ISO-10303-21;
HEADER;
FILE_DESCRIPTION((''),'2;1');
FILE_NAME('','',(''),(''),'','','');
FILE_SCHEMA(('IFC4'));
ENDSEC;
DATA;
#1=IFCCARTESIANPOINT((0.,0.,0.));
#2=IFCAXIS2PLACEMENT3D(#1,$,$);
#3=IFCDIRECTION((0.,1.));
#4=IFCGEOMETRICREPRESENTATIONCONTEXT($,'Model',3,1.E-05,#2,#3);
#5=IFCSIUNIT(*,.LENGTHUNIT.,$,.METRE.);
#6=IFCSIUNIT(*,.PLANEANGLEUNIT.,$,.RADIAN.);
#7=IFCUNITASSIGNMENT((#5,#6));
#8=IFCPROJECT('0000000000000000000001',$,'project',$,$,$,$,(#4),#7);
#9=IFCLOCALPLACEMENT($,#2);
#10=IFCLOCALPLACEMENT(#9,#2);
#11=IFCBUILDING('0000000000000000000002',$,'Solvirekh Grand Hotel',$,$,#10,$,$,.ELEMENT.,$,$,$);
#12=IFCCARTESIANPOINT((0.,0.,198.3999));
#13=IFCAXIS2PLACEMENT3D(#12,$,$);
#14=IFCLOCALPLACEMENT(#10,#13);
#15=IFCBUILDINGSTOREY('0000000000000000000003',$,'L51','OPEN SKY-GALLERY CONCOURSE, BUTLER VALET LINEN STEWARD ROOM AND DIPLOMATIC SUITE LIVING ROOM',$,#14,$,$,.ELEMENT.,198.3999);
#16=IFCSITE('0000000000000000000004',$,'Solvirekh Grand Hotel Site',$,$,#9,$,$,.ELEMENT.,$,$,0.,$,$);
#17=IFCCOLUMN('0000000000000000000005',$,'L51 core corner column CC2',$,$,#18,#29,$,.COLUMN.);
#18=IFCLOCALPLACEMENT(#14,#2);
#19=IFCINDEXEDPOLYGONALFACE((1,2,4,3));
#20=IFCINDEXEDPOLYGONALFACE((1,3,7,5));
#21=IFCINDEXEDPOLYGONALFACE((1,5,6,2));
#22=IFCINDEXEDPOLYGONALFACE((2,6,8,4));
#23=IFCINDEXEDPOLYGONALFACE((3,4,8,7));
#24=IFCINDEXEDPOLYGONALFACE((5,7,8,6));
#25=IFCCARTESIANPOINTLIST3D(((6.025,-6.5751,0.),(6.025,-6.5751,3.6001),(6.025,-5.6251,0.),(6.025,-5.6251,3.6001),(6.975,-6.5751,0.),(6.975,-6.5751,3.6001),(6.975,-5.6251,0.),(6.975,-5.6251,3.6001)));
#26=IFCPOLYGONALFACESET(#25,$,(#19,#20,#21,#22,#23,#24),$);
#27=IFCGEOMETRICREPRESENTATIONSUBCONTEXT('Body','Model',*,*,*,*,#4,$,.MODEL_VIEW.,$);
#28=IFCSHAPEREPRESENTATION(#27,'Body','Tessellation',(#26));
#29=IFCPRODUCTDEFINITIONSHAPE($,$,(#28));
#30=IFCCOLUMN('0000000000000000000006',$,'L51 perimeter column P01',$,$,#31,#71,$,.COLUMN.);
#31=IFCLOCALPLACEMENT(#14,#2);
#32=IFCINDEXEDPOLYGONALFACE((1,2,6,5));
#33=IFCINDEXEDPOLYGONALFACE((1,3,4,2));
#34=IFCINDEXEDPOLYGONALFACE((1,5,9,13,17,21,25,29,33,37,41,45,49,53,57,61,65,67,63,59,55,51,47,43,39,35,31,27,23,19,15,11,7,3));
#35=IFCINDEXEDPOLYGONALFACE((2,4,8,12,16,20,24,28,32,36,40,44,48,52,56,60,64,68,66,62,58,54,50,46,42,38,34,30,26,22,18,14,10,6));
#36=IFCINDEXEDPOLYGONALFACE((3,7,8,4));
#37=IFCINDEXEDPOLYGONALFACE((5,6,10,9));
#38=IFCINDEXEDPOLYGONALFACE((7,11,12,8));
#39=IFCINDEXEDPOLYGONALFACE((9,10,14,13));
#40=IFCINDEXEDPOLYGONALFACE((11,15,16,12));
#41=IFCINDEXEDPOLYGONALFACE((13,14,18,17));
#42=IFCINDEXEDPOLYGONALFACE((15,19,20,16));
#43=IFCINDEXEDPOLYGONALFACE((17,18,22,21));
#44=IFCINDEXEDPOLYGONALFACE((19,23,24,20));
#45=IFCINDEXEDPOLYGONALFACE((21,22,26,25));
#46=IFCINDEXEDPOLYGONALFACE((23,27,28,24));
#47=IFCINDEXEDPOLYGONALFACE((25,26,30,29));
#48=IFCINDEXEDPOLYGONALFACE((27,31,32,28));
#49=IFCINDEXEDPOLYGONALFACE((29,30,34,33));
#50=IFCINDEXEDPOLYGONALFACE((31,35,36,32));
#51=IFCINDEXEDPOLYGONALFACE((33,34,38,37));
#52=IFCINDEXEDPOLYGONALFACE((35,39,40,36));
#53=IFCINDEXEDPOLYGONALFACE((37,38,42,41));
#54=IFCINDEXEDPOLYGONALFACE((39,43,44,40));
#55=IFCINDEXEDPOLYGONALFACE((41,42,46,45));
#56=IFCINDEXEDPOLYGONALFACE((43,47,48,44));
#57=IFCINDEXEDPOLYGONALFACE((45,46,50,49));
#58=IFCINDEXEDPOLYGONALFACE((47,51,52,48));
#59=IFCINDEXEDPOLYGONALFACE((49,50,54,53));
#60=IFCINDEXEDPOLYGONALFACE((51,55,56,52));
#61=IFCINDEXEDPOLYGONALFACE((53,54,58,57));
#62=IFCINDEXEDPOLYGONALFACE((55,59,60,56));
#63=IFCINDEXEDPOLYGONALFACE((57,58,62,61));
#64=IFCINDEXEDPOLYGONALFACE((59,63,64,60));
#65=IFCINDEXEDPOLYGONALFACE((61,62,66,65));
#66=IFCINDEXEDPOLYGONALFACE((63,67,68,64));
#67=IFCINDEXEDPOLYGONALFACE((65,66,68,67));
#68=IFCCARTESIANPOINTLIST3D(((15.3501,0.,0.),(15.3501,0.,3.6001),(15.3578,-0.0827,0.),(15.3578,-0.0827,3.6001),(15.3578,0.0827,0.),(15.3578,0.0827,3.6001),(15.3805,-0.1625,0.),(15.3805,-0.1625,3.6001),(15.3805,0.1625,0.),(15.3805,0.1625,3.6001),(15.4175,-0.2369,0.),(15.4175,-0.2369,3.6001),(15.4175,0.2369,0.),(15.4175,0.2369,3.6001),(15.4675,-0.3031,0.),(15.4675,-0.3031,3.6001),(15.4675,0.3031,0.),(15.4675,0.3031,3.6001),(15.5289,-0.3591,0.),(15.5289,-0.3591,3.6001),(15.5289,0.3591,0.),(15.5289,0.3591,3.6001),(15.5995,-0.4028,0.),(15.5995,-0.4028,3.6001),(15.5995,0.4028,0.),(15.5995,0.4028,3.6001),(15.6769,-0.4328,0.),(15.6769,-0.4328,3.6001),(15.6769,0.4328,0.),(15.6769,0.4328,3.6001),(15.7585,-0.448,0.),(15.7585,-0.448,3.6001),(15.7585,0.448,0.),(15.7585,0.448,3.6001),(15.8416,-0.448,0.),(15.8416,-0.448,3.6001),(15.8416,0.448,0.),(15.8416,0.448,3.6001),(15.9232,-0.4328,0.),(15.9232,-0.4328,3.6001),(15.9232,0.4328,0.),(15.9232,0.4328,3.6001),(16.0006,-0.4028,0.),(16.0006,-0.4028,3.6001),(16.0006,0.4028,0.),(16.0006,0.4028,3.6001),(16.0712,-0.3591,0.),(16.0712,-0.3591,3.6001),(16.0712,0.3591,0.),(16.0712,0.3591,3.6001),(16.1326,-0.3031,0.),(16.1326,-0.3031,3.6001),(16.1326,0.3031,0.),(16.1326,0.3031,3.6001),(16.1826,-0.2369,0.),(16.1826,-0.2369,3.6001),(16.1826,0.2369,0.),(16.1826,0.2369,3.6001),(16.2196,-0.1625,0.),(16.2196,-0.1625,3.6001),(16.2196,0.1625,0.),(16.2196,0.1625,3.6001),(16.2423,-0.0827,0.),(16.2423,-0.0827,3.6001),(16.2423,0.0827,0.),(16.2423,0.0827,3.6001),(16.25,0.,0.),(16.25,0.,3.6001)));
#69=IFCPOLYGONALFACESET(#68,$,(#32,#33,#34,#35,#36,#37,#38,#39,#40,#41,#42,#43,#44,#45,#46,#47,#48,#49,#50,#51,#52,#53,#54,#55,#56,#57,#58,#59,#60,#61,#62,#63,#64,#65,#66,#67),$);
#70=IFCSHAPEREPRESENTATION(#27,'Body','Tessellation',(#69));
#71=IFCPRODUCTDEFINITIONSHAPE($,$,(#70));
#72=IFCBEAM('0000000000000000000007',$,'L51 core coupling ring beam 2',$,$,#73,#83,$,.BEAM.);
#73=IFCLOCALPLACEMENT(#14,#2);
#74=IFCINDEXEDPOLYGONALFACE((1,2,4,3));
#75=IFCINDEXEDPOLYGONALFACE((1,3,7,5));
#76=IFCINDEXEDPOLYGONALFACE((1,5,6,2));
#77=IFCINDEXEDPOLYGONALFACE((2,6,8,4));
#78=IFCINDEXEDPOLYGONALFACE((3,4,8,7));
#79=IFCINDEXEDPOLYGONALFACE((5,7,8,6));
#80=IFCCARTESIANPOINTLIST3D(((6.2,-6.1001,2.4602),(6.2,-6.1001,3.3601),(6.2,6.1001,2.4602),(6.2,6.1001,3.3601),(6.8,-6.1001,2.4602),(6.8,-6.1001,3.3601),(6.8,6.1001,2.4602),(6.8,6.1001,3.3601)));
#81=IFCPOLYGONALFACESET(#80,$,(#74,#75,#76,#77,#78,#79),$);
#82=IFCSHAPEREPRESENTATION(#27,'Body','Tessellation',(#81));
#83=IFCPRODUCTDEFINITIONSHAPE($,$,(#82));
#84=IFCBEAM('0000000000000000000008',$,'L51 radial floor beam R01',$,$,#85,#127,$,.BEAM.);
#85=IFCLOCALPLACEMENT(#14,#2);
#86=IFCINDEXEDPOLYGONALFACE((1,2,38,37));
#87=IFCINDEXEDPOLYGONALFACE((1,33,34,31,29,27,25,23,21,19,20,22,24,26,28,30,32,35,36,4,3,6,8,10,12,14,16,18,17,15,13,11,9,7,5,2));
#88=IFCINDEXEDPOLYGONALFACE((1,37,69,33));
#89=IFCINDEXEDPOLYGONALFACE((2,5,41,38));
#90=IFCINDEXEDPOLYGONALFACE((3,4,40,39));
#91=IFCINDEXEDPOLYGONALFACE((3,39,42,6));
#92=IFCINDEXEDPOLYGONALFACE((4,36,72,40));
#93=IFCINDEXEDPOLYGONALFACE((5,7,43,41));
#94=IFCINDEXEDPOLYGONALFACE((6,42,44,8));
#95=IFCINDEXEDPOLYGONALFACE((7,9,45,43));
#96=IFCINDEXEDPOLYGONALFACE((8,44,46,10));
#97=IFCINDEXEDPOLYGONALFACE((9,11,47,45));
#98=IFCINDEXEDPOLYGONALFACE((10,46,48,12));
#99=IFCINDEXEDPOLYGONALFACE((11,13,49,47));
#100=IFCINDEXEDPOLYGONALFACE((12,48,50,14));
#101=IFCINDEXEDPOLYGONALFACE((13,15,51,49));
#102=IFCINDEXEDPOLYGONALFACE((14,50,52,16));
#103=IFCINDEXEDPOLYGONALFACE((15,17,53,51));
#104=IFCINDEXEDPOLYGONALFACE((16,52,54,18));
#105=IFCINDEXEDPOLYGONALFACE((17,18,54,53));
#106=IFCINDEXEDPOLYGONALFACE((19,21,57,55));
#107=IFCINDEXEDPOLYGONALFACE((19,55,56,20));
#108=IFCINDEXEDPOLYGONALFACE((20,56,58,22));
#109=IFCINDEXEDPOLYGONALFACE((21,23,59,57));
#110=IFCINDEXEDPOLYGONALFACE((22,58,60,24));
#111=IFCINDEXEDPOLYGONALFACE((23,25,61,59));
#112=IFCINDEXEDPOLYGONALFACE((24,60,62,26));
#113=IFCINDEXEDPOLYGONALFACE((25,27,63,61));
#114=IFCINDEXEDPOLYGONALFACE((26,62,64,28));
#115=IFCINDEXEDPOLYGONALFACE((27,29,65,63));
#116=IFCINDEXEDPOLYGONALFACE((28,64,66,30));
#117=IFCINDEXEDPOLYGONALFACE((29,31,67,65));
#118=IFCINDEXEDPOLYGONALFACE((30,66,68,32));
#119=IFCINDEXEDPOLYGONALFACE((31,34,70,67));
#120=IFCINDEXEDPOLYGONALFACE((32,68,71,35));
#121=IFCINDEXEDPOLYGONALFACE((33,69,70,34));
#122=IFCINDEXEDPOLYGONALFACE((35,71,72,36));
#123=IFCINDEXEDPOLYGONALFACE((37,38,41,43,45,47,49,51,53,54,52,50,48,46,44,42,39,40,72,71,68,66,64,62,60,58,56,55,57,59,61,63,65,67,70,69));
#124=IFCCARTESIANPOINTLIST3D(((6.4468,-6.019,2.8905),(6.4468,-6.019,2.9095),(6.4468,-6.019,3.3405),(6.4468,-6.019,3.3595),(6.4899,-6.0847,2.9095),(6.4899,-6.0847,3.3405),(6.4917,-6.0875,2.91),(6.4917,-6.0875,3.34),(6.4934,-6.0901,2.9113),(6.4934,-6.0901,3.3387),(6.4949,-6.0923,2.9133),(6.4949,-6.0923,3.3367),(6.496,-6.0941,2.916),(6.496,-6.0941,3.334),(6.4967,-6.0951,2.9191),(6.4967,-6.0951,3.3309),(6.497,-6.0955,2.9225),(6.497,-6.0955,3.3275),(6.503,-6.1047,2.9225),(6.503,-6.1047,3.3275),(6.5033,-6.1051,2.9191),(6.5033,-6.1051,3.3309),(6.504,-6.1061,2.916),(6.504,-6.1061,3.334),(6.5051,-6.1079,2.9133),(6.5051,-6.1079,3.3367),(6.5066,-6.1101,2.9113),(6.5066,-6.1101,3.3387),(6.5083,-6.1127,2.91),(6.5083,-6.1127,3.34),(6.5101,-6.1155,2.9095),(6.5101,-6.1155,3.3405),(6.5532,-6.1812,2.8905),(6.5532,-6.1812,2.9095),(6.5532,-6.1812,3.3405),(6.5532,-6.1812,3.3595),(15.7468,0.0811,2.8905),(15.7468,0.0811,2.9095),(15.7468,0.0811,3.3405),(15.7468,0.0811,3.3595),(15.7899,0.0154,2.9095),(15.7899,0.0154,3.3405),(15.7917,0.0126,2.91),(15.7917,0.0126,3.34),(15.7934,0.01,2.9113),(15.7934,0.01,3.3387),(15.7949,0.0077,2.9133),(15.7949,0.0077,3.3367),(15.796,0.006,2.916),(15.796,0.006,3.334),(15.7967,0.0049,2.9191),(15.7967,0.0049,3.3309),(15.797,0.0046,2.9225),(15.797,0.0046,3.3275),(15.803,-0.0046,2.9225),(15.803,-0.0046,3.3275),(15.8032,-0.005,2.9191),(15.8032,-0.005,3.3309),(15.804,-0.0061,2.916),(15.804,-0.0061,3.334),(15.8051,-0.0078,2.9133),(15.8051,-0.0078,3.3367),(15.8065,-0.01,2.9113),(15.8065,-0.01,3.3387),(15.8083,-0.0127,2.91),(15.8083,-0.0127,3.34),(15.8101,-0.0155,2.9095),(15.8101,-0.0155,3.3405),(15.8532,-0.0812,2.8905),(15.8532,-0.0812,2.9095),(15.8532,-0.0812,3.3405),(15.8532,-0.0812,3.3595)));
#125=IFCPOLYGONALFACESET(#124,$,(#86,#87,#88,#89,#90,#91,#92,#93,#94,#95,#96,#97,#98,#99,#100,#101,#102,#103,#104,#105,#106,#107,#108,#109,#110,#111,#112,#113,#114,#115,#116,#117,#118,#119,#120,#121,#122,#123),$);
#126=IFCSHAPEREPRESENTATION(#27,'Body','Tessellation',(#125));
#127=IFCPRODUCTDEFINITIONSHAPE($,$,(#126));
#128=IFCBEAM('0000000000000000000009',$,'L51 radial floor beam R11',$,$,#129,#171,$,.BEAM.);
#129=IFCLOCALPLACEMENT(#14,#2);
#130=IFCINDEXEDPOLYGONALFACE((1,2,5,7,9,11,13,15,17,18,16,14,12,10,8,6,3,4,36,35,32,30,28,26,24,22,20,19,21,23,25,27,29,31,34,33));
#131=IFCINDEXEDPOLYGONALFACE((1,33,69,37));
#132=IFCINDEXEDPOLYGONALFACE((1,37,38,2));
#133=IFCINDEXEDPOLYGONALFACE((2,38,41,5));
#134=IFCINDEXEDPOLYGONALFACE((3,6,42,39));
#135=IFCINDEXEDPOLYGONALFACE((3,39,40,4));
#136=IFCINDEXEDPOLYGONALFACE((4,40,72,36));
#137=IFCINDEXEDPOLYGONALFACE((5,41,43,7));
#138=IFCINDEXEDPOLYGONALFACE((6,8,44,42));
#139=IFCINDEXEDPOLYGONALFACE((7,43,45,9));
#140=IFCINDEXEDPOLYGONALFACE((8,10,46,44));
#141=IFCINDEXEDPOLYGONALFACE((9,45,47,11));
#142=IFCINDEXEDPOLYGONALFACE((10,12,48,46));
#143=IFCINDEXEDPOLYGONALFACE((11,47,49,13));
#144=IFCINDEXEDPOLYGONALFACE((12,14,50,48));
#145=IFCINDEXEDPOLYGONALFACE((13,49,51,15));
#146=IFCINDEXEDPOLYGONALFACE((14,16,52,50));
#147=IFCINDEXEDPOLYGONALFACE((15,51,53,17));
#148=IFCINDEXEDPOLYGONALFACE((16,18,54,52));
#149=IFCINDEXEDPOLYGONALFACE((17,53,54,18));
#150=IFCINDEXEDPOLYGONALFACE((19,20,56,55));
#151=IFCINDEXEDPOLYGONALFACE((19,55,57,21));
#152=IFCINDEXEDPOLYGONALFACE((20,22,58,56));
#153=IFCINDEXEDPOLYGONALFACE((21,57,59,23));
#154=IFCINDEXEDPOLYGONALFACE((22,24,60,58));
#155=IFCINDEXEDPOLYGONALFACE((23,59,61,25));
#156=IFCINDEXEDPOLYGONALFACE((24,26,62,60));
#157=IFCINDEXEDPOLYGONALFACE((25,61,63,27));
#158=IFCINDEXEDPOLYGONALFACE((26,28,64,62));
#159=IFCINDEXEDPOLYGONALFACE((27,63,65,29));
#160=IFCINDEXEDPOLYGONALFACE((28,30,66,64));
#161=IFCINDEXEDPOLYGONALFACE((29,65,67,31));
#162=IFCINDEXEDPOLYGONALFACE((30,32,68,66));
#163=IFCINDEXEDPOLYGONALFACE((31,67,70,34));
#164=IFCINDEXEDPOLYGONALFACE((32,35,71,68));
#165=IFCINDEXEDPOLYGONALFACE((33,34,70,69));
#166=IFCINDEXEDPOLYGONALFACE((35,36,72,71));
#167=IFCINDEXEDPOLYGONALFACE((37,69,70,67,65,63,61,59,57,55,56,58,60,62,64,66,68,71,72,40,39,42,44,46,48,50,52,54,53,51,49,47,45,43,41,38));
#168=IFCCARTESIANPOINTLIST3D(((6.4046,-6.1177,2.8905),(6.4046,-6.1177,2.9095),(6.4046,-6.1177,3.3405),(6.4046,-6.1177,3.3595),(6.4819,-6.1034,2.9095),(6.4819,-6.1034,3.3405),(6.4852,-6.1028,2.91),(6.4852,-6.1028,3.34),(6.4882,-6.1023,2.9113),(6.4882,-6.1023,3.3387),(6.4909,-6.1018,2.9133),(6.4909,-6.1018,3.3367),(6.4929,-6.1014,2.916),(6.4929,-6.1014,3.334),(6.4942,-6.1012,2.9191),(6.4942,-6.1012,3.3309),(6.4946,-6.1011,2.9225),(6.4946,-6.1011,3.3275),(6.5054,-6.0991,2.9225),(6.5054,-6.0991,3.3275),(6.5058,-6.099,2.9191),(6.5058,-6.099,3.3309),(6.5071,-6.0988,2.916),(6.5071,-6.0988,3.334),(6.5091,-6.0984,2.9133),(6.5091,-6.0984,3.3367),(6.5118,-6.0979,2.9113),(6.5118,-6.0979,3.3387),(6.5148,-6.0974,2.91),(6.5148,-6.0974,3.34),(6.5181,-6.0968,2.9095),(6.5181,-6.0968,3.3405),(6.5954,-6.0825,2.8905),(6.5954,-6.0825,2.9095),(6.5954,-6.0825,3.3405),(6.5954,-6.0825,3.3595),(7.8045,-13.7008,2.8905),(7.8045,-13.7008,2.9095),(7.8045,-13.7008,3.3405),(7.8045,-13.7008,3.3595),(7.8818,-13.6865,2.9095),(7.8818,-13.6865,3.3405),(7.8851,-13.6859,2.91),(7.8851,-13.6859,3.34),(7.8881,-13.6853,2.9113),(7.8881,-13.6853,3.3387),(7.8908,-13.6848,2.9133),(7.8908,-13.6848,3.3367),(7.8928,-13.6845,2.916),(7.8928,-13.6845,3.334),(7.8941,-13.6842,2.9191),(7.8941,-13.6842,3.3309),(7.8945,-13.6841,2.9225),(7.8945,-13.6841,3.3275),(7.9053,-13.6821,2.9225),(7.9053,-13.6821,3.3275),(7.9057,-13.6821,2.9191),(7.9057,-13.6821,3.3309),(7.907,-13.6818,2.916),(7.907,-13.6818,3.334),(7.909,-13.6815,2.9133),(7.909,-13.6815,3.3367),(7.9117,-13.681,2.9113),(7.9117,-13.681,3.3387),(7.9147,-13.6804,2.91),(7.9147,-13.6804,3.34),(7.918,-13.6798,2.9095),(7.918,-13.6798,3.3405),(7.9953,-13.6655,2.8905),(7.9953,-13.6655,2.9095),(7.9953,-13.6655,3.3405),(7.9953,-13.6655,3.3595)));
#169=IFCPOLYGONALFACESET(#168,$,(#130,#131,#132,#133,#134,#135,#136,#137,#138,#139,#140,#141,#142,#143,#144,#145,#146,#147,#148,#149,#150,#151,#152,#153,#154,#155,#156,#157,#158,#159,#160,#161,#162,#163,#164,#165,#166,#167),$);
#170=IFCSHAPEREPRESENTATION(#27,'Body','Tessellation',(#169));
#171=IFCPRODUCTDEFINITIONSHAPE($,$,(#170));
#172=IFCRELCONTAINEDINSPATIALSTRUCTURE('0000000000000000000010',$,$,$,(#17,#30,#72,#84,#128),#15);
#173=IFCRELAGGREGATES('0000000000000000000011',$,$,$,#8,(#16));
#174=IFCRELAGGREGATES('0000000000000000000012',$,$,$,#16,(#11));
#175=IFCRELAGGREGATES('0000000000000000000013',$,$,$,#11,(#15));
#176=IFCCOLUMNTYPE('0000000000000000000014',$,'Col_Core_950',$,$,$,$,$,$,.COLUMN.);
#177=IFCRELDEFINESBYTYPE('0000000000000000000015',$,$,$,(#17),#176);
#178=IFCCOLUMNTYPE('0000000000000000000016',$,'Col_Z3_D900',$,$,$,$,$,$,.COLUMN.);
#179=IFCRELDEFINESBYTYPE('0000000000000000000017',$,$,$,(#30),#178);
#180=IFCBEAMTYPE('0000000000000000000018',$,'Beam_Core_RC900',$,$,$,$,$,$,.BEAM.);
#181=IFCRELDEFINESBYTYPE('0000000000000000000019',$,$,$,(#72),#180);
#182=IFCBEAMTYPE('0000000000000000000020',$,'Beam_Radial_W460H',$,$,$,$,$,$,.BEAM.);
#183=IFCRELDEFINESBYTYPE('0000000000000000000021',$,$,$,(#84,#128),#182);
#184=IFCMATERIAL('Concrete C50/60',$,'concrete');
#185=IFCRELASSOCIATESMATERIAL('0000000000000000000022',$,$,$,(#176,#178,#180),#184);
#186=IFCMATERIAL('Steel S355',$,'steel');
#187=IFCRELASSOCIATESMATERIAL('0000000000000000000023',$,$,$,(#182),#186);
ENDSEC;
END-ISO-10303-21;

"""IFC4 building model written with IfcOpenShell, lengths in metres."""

from ifc_helpers import new_model, si_unit, direction, frame, origin, origin_2d, place, context, subcontext, project, spatial, rectangle, circle, i_section, extrude, material, material_profile, profile_set, type_object, element, save


model = new_model("IFC4")

# Units and contexts
model_context = context("Model", 3, precision=1e-05, world=origin(), true_north=direction((0.0, 1.0)))
body_context = subcontext(model_context, "Body", "Model", "MODEL_VIEW")
ifc_project = project(units=[si_unit("LENGTHUNIT", "METRE"), si_unit("PLANEANGLEUNIT", "RADIAN")], contexts=[model_context])

# Site, building, storey
site_placement = place(None, origin())
site = spatial("IfcSite", under=ifc_project, at=site_placement, Name="Solvirekh Grand Hotel Site", CompositionType="ELEMENT", RefElevation=0.0)
building_placement = place(site_placement, origin())
building = spatial("IfcBuilding", under=site, at=building_placement, Name="Solvirekh Grand Hotel", CompositionType="ELEMENT")
storey_placement = place(building_placement, frame((0.0, 0.0, 198.3999)))
storey = spatial("IfcBuildingStorey", under=building, at=storey_placement, Name="L51", Description="OPEN SKY-GALLERY CONCOURSE, BUTLER VALET LINEN STEWARD ROOM AND DIPLOMATIC SUITE LIVING ROOM", CompositionType="ELEMENT", Elevation=198.3999)

# Columns
ifc_material_1 = material(Name="Concrete C50/60", Category="concrete")
ifc_material_profile_1 = material_profile(ifc_material_1, rectangle(XDim=0.95, YDim=0.95, at=origin_2d()), Name="RC 950X950")
ifc_profile_set_1 = profile_set([ifc_material_profile_1], Name="Concrete C50/60")
column_type_1 = type_object("IfcColumnType", Name="Col_Core_950", PredefinedType="COLUMN", material=ifc_profile_set_1)
column_1_placement = place(storey_placement, frame((6.5, -6.1001, 0.0), z_axis=(0.0, 0.0, 1.0), x_axis=(1.0, 0.0, 0.0)))
element("IfcColumn", 1, at=column_1_placement, inside=storey, type_object=column_type_1, Name="L51 core corner column CC2", PredefinedType="COLUMN", context=body_context, shape_type="SweptSolid", body=[
    extrude(rectangle(XDim=0.95, YDim=0.95, at=origin_2d()), origin(), (0.0, 0.0, 1.0), 3.6001),
])
ifc_material_profile_2 = material_profile(ifc_material_1, circle(Radius=0.45, at=origin_2d()), Name="RC CIRC D900")
ifc_profile_set_2 = profile_set([ifc_material_profile_2], Name="Concrete C50/60")
column_type_2 = type_object("IfcColumnType", Name="Col_Z3_D900", PredefinedType="COLUMN", material=ifc_profile_set_2)
column_2_placement = place(storey_placement, frame((15.8, 0.0, 0.0), z_axis=(0.0, 0.0, 1.0), x_axis=(1.0, 0.0, 0.0)))
element("IfcColumn", 2, at=column_2_placement, inside=storey, type_object=column_type_2, Name="L51 perimeter column P01", PredefinedType="COLUMN", context=body_context, shape_type="SweptSolid", body=[
    extrude(circle(Radius=0.45, at=origin_2d()), origin(), (0.0, 0.0, 1.0), 3.6001),
])

# Beams
ifc_material_profile_3 = material_profile(ifc_material_1, rectangle(XDim=0.6001, YDim=0.8999, at=origin_2d()), Name="RC BEAM 600X900")
ifc_profile_set_3 = profile_set([ifc_material_profile_3], Name="Concrete C50/60")
beam_type_1 = type_object("IfcBeamType", Name="Beam_Core_RC900", PredefinedType="BEAM", material=ifc_profile_set_3)
beam_1_placement = place(storey_placement, frame((6.5, -6.1001, 2.9102), z_axis=(0.0, 1.0, 0.0), x_axis=(-1.0, 0.0, 0.0)))
element("IfcBeam", 3, at=beam_1_placement, inside=storey, type_object=beam_type_1, Name="L51 core coupling ring beam 2", PredefinedType="BEAM", context=body_context, shape_type="SweptSolid", body=[
    extrude(rectangle(XDim=0.6001, YDim=0.8999, at=origin_2d()), origin(), (0.0, 0.0, 1.0), 12.2002),
])
ifc_material_2 = material(Name="Steel S355", Category="steel")
ifc_material_profile_4 = material_profile(ifc_material_2, i_section(OverallWidth=0.1941, OverallDepth=0.469, WebThickness=0.011, FlangeThickness=0.019, FilletRadius=0.0129, at=origin_2d()), Name="W460X106")
ifc_profile_set_4 = profile_set([ifc_material_profile_4], Name="Steel S355")
beam_type_2 = type_object("IfcBeamType", Name="Beam_Radial_W460H", PredefinedType="BEAM", material=ifc_profile_set_4)
beam_2_placement = place(storey_placement, frame((6.5, -6.1001, 3.125), z_axis=(0.836174, 0.548464, 0.0), x_axis=(-0.548464, 0.836174, 0.0)))
element("IfcBeam", 4, at=beam_2_placement, inside=storey, type_object=beam_type_2, Name="L51 radial floor beam R01", PredefinedType="BEAM", context=body_context, shape_type="SweptSolid", body=[
    extrude(i_section(OverallWidth=0.1941, OverallDepth=0.469, WebThickness=0.011, FlangeThickness=0.019, FilletRadius=0.0129, at=origin_2d()), origin(), (0.0, 0.0, 1.0), 11.1221),
])
beam_3_placement = place(storey_placement, frame((6.5, -6.1001, 3.125), z_axis=(0.181543, -0.983383, 0.0), x_axis=(0.983383, 0.181543, 0.0)))
element("IfcBeam", 5, at=beam_3_placement, inside=storey, type_object=beam_type_2, Name="L51 radial floor beam R11", PredefinedType="BEAM", context=body_context, shape_type="SweptSolid", body=[
    extrude(i_section(OverallWidth=0.1941, OverallDepth=0.469, WebThickness=0.011, FlangeThickness=0.019, FilletRadius=0.0129, at=origin_2d()), origin(), (0.0, 0.0, 1.0), 7.7112),
])

save(model, "model.ifc")
